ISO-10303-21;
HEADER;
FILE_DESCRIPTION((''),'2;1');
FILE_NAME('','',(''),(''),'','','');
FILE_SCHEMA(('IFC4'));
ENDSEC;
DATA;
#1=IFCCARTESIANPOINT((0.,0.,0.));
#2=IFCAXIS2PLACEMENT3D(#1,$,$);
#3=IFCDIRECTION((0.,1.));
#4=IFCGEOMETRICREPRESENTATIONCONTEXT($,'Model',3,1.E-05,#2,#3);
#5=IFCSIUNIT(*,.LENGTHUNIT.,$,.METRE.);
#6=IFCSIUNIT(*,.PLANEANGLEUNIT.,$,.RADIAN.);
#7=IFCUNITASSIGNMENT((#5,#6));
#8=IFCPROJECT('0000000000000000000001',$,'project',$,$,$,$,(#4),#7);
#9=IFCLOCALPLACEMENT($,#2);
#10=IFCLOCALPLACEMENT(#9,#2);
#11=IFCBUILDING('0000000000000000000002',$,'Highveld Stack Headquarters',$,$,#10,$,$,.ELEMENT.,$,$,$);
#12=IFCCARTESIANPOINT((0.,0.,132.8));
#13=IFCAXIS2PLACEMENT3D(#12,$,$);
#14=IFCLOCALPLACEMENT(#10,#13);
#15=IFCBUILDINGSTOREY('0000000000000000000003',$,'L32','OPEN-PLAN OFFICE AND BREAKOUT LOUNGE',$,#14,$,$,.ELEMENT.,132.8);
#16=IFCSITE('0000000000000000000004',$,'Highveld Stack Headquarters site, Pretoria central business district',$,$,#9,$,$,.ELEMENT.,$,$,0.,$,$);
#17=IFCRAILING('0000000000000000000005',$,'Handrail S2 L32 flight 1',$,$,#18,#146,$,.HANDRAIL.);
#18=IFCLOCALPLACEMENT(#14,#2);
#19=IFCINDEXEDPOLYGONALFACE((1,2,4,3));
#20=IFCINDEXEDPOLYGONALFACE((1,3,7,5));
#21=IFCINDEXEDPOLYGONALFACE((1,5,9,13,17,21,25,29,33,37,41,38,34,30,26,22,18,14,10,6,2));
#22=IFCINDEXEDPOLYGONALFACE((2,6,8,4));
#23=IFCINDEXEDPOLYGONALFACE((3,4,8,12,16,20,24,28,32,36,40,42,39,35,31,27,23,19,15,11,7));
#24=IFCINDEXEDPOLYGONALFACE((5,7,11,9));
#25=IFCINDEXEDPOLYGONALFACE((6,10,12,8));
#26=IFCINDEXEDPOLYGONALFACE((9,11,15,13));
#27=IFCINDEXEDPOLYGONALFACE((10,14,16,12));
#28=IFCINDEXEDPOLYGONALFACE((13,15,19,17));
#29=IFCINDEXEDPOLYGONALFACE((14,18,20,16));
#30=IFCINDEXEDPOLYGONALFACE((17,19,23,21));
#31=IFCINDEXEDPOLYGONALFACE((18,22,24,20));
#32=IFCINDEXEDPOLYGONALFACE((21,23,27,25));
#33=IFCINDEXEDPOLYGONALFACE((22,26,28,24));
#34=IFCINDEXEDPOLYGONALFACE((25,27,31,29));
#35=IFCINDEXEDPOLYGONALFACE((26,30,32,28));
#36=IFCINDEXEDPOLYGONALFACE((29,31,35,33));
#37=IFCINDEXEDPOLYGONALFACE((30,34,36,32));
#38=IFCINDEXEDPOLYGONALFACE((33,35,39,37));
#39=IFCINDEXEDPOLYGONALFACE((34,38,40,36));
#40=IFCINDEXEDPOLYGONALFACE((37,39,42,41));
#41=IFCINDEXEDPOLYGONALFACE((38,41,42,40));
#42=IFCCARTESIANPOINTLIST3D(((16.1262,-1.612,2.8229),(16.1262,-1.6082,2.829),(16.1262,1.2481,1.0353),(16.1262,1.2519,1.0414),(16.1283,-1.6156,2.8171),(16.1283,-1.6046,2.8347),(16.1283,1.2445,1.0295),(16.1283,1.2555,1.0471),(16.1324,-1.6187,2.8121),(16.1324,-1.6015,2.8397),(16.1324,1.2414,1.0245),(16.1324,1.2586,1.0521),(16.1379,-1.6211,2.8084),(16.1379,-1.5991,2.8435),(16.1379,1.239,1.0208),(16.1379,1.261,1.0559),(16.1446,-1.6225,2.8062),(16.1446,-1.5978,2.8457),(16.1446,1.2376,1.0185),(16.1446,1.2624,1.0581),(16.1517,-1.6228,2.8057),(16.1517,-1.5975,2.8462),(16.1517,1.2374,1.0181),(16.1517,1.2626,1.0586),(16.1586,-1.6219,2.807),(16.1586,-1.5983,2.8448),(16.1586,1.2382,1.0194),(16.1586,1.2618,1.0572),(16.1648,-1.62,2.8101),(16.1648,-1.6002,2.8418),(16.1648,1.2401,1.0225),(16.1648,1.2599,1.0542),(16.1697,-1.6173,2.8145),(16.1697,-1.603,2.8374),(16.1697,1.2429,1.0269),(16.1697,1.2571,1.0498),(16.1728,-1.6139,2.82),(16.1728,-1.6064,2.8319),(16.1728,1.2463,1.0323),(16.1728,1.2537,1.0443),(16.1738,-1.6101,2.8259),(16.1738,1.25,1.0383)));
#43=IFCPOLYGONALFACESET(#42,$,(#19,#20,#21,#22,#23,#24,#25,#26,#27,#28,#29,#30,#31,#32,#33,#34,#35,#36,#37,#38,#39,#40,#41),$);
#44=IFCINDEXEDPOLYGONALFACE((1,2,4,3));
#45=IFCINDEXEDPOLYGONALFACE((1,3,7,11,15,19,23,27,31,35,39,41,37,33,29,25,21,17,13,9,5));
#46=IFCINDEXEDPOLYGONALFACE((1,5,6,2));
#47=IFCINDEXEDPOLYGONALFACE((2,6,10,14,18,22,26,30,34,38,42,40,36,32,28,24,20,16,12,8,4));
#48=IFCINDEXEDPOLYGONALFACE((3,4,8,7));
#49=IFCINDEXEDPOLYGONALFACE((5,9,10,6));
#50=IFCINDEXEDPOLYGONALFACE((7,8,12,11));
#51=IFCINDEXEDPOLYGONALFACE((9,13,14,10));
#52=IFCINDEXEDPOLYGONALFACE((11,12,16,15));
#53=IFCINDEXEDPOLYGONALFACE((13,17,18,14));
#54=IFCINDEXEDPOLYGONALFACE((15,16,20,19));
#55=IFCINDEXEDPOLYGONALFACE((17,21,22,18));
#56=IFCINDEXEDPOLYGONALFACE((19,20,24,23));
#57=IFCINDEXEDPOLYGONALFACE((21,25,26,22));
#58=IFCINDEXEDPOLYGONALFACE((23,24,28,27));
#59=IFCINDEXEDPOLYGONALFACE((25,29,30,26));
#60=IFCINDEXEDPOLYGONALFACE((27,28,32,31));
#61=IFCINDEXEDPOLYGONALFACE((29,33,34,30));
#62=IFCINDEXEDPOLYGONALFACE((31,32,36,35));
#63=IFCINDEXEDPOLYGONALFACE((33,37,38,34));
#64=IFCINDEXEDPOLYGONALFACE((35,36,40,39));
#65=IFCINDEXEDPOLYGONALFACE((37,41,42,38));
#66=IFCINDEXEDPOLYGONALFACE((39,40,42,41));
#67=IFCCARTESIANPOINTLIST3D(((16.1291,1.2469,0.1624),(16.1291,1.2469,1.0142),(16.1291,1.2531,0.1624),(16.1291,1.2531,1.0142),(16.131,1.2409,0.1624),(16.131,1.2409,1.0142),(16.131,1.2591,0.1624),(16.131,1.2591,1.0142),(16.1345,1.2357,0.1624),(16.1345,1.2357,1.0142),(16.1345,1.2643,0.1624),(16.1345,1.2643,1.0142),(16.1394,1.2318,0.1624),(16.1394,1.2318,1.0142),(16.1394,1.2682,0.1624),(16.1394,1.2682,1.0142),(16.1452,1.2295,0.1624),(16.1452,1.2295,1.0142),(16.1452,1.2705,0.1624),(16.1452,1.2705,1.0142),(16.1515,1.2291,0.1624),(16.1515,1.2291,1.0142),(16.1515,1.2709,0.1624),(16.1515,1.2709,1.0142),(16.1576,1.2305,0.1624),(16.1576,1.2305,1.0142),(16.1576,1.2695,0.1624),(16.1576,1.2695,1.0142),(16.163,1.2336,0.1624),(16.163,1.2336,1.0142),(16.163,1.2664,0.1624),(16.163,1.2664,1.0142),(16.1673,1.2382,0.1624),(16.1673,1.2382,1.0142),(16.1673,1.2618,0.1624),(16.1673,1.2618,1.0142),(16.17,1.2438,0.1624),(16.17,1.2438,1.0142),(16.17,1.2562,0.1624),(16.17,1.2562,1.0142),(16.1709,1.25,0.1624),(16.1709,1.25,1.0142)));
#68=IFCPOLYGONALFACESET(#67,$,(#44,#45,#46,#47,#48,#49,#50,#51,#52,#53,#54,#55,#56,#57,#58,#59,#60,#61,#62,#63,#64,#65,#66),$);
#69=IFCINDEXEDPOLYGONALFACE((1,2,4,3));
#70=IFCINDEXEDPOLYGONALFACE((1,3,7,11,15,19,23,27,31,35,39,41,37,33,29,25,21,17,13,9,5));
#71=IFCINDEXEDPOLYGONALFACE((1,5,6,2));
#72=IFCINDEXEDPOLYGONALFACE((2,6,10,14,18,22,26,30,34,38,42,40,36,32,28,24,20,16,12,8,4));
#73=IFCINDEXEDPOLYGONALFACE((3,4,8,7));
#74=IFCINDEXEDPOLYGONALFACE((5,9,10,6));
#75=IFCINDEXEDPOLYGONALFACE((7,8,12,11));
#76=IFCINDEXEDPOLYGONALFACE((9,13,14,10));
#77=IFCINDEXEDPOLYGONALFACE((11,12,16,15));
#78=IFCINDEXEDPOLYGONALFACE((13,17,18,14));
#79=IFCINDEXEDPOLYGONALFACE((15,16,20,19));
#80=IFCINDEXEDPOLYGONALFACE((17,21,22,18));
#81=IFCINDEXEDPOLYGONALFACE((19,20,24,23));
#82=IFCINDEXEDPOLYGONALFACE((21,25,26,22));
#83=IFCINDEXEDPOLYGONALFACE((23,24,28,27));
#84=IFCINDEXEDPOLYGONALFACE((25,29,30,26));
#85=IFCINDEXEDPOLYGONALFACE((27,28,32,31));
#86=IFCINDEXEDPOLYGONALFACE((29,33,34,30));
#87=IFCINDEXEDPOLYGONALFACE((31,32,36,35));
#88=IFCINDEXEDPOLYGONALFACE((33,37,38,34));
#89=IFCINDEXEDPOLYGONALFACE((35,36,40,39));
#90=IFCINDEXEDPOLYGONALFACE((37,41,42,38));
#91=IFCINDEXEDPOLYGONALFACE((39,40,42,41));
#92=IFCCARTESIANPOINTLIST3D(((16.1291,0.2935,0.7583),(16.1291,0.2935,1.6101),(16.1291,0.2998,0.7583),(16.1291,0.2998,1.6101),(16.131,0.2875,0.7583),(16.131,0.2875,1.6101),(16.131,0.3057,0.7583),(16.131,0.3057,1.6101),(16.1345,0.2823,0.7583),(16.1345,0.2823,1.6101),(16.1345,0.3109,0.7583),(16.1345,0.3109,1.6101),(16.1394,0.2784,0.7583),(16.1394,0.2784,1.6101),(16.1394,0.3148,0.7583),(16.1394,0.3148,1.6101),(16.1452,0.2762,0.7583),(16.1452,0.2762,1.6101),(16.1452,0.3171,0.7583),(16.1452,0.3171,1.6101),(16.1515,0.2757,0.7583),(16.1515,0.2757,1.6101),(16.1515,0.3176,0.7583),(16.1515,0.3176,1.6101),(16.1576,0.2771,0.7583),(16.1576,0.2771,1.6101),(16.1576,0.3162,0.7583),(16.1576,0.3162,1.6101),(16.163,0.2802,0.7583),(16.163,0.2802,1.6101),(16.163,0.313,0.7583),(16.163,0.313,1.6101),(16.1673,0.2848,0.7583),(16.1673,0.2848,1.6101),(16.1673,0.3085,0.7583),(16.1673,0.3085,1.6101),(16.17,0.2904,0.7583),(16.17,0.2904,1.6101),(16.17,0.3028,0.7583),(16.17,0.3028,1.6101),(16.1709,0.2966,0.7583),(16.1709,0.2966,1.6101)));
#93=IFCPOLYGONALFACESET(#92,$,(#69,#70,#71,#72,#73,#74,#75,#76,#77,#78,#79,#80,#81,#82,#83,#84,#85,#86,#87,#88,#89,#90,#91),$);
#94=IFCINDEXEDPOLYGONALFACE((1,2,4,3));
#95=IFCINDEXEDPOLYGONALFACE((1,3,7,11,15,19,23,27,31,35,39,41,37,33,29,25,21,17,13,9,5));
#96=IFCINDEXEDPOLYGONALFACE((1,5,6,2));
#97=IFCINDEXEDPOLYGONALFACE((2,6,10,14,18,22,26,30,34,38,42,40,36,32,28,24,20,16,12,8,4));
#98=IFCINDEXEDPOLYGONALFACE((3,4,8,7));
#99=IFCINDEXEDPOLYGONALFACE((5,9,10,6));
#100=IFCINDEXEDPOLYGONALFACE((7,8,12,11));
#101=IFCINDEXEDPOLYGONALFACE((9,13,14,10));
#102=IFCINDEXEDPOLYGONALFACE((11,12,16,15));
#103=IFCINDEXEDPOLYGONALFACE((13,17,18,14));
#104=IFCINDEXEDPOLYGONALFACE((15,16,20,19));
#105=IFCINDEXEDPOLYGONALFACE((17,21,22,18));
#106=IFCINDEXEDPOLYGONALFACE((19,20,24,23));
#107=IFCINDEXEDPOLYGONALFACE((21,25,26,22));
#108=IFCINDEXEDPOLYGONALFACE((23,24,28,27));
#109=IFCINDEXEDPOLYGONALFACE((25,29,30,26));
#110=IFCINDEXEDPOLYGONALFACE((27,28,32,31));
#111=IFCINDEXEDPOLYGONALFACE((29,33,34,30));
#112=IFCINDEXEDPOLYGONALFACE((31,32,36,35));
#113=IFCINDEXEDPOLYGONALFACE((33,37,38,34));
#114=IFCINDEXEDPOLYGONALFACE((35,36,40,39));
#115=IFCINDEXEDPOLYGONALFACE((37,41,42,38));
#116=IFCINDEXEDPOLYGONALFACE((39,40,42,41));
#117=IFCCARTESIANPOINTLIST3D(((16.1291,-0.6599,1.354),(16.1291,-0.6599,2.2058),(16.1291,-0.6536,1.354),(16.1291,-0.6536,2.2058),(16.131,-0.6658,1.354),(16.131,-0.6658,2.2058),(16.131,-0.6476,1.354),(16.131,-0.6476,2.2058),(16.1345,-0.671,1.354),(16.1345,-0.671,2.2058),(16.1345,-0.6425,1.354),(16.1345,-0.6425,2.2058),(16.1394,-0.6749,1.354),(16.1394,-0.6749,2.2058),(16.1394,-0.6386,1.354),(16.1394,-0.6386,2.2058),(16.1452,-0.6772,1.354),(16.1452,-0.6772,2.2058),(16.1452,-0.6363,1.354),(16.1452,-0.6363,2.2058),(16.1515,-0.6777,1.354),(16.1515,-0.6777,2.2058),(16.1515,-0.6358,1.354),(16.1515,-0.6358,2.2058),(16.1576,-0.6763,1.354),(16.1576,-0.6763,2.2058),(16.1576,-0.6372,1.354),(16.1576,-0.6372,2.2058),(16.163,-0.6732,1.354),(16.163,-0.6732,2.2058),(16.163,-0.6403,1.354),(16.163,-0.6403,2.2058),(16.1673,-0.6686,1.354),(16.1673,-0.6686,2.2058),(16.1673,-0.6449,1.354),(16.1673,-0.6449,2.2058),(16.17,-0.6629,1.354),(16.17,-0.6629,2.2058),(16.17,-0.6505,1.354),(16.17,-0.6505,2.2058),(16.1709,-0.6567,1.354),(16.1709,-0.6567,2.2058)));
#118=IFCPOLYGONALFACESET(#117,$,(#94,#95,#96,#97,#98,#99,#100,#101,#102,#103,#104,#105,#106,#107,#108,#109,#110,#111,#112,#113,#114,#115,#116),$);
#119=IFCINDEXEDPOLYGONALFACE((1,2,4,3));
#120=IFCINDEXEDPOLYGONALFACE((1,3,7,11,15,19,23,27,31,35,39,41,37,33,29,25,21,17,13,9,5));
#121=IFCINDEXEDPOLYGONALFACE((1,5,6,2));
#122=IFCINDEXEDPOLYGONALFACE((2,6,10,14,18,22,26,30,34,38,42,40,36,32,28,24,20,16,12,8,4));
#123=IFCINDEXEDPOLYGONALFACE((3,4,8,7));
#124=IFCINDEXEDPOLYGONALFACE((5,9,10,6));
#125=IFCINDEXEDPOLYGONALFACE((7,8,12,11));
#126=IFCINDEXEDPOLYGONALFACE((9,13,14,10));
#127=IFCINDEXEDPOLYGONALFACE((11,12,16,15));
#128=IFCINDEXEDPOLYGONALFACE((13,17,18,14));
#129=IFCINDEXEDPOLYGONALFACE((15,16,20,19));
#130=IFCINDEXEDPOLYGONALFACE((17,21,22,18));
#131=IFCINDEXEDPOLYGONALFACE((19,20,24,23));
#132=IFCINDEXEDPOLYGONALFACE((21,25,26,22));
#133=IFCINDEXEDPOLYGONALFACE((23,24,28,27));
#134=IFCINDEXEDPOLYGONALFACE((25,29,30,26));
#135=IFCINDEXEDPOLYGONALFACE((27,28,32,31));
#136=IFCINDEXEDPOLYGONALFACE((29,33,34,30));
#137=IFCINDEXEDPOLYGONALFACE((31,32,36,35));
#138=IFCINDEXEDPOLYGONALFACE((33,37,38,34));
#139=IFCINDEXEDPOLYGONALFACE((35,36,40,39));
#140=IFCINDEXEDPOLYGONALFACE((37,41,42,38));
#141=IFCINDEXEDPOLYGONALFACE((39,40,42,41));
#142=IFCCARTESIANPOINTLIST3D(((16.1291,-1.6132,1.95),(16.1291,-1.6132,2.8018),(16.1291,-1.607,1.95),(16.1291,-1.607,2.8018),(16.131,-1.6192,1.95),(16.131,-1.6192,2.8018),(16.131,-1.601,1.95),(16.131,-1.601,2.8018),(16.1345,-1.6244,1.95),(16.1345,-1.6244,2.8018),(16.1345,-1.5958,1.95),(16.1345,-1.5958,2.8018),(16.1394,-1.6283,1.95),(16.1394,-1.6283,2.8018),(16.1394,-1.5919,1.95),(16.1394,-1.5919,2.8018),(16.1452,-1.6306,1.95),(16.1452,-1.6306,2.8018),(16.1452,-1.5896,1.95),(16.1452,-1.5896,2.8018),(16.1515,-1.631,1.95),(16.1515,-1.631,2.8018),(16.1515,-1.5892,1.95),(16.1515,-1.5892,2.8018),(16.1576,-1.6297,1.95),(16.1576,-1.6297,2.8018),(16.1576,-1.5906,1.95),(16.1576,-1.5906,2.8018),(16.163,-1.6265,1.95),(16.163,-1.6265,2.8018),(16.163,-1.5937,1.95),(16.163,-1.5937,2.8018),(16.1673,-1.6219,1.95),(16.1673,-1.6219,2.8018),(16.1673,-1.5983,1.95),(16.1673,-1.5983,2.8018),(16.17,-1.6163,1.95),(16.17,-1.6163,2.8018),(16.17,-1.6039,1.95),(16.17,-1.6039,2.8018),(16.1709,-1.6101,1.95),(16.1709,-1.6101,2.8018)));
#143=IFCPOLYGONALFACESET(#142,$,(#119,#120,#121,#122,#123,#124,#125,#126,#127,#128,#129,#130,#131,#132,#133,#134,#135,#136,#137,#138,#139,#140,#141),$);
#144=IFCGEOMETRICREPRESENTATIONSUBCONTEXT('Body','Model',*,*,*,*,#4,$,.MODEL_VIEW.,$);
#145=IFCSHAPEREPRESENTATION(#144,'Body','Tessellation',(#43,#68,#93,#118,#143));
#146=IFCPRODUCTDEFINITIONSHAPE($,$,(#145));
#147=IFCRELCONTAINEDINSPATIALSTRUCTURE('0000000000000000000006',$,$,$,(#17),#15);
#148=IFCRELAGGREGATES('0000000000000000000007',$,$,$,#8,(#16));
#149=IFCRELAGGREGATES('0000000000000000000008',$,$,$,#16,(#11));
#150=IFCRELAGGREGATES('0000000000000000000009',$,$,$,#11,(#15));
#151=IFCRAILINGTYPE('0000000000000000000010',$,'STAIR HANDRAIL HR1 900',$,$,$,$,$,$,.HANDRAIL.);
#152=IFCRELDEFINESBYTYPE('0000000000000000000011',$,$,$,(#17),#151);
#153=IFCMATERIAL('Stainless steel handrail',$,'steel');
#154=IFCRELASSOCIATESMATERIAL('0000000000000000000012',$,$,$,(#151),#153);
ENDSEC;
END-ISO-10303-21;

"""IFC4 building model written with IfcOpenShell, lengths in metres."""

from ifc_helpers import new_model, si_unit, direction, frame, origin, origin_2d, place, context, subcontext, project, spatial, circle, extrude, material, type_object, element, save


model = new_model("IFC4")

# Units and contexts
model_context = context("Model", 3, precision=1e-05, world=origin(), true_north=direction((0.0, 1.0)))
body_context = subcontext(model_context, "Body", "Model", "MODEL_VIEW")
ifc_project = project(units=[si_unit("LENGTHUNIT", "METRE"), si_unit("PLANEANGLEUNIT", "RADIAN")], contexts=[model_context])

# Site, building, storey
site_placement = place(None, origin())
site = spatial("IfcSite", under=ifc_project, at=site_placement, Name="Highveld Stack Headquarters site, Pretoria central business district", CompositionType="ELEMENT", RefElevation=0.0)
building_placement = place(site_placement, origin())
building = spatial("IfcBuilding", under=site, at=building_placement, Name="Highveld Stack Headquarters", CompositionType="ELEMENT")
storey_placement = place(building_placement, frame((0.0, 0.0, 132.8)))
storey = spatial("IfcBuildingStorey", under=building, at=storey_placement, Name="L32", Description="OPEN-PLAN OFFICE AND BREAKOUT LOUNGE", CompositionType="ELEMENT", Elevation=132.8)

# Railing
ifc_material_1 = material(Name="Stainless steel handrail", Category="steel")
railing_type = type_object("IfcRailingType", Name="STAIR HANDRAIL HR1 900", PredefinedType="HANDRAIL", material=ifc_material_1)
for number, where, name in (
    (1, (16.1499, 1.25, 0.1624), "Handrail S2 L32 flight 1"),
):
    element("IfcRailing", number, at=place(storey_placement, frame(where)), inside=storey, type_object=railing_type, Name=name, PredefinedType="HANDRAIL", context=body_context, shape_type="SweptSolid", body=[
        extrude(circle(Radius=0.0239, at=origin_2d()), frame((0.0, 0.0, 0.876), z_axis=(0.0, -0.847994, 0.530005), x_axis=(1.0, 0.0, 0.0)), (0.0, 0.0, 1.0), 3.3728),
        extrude(circle(Radius=0.021, at=origin_2d()), origin(), (0.0, 0.0, 1.0), 0.8518),
        extrude(circle(Radius=0.021, at=origin_2d()), frame((0.0, -0.9534, 0.5959)), (0.0, 0.0, 1.0), 0.8518),
        extrude(circle(Radius=0.021, at=origin_2d()), frame((0.0, -1.9067, 1.1917)), (0.0, 0.0, 1.0), 0.8518),
        extrude(circle(Radius=0.021, at=origin_2d()), frame((0.0, -2.8601, 1.7876)), (0.0, 0.0, 1.0), 0.8518),
    ])

save(model, "model.ifc")
